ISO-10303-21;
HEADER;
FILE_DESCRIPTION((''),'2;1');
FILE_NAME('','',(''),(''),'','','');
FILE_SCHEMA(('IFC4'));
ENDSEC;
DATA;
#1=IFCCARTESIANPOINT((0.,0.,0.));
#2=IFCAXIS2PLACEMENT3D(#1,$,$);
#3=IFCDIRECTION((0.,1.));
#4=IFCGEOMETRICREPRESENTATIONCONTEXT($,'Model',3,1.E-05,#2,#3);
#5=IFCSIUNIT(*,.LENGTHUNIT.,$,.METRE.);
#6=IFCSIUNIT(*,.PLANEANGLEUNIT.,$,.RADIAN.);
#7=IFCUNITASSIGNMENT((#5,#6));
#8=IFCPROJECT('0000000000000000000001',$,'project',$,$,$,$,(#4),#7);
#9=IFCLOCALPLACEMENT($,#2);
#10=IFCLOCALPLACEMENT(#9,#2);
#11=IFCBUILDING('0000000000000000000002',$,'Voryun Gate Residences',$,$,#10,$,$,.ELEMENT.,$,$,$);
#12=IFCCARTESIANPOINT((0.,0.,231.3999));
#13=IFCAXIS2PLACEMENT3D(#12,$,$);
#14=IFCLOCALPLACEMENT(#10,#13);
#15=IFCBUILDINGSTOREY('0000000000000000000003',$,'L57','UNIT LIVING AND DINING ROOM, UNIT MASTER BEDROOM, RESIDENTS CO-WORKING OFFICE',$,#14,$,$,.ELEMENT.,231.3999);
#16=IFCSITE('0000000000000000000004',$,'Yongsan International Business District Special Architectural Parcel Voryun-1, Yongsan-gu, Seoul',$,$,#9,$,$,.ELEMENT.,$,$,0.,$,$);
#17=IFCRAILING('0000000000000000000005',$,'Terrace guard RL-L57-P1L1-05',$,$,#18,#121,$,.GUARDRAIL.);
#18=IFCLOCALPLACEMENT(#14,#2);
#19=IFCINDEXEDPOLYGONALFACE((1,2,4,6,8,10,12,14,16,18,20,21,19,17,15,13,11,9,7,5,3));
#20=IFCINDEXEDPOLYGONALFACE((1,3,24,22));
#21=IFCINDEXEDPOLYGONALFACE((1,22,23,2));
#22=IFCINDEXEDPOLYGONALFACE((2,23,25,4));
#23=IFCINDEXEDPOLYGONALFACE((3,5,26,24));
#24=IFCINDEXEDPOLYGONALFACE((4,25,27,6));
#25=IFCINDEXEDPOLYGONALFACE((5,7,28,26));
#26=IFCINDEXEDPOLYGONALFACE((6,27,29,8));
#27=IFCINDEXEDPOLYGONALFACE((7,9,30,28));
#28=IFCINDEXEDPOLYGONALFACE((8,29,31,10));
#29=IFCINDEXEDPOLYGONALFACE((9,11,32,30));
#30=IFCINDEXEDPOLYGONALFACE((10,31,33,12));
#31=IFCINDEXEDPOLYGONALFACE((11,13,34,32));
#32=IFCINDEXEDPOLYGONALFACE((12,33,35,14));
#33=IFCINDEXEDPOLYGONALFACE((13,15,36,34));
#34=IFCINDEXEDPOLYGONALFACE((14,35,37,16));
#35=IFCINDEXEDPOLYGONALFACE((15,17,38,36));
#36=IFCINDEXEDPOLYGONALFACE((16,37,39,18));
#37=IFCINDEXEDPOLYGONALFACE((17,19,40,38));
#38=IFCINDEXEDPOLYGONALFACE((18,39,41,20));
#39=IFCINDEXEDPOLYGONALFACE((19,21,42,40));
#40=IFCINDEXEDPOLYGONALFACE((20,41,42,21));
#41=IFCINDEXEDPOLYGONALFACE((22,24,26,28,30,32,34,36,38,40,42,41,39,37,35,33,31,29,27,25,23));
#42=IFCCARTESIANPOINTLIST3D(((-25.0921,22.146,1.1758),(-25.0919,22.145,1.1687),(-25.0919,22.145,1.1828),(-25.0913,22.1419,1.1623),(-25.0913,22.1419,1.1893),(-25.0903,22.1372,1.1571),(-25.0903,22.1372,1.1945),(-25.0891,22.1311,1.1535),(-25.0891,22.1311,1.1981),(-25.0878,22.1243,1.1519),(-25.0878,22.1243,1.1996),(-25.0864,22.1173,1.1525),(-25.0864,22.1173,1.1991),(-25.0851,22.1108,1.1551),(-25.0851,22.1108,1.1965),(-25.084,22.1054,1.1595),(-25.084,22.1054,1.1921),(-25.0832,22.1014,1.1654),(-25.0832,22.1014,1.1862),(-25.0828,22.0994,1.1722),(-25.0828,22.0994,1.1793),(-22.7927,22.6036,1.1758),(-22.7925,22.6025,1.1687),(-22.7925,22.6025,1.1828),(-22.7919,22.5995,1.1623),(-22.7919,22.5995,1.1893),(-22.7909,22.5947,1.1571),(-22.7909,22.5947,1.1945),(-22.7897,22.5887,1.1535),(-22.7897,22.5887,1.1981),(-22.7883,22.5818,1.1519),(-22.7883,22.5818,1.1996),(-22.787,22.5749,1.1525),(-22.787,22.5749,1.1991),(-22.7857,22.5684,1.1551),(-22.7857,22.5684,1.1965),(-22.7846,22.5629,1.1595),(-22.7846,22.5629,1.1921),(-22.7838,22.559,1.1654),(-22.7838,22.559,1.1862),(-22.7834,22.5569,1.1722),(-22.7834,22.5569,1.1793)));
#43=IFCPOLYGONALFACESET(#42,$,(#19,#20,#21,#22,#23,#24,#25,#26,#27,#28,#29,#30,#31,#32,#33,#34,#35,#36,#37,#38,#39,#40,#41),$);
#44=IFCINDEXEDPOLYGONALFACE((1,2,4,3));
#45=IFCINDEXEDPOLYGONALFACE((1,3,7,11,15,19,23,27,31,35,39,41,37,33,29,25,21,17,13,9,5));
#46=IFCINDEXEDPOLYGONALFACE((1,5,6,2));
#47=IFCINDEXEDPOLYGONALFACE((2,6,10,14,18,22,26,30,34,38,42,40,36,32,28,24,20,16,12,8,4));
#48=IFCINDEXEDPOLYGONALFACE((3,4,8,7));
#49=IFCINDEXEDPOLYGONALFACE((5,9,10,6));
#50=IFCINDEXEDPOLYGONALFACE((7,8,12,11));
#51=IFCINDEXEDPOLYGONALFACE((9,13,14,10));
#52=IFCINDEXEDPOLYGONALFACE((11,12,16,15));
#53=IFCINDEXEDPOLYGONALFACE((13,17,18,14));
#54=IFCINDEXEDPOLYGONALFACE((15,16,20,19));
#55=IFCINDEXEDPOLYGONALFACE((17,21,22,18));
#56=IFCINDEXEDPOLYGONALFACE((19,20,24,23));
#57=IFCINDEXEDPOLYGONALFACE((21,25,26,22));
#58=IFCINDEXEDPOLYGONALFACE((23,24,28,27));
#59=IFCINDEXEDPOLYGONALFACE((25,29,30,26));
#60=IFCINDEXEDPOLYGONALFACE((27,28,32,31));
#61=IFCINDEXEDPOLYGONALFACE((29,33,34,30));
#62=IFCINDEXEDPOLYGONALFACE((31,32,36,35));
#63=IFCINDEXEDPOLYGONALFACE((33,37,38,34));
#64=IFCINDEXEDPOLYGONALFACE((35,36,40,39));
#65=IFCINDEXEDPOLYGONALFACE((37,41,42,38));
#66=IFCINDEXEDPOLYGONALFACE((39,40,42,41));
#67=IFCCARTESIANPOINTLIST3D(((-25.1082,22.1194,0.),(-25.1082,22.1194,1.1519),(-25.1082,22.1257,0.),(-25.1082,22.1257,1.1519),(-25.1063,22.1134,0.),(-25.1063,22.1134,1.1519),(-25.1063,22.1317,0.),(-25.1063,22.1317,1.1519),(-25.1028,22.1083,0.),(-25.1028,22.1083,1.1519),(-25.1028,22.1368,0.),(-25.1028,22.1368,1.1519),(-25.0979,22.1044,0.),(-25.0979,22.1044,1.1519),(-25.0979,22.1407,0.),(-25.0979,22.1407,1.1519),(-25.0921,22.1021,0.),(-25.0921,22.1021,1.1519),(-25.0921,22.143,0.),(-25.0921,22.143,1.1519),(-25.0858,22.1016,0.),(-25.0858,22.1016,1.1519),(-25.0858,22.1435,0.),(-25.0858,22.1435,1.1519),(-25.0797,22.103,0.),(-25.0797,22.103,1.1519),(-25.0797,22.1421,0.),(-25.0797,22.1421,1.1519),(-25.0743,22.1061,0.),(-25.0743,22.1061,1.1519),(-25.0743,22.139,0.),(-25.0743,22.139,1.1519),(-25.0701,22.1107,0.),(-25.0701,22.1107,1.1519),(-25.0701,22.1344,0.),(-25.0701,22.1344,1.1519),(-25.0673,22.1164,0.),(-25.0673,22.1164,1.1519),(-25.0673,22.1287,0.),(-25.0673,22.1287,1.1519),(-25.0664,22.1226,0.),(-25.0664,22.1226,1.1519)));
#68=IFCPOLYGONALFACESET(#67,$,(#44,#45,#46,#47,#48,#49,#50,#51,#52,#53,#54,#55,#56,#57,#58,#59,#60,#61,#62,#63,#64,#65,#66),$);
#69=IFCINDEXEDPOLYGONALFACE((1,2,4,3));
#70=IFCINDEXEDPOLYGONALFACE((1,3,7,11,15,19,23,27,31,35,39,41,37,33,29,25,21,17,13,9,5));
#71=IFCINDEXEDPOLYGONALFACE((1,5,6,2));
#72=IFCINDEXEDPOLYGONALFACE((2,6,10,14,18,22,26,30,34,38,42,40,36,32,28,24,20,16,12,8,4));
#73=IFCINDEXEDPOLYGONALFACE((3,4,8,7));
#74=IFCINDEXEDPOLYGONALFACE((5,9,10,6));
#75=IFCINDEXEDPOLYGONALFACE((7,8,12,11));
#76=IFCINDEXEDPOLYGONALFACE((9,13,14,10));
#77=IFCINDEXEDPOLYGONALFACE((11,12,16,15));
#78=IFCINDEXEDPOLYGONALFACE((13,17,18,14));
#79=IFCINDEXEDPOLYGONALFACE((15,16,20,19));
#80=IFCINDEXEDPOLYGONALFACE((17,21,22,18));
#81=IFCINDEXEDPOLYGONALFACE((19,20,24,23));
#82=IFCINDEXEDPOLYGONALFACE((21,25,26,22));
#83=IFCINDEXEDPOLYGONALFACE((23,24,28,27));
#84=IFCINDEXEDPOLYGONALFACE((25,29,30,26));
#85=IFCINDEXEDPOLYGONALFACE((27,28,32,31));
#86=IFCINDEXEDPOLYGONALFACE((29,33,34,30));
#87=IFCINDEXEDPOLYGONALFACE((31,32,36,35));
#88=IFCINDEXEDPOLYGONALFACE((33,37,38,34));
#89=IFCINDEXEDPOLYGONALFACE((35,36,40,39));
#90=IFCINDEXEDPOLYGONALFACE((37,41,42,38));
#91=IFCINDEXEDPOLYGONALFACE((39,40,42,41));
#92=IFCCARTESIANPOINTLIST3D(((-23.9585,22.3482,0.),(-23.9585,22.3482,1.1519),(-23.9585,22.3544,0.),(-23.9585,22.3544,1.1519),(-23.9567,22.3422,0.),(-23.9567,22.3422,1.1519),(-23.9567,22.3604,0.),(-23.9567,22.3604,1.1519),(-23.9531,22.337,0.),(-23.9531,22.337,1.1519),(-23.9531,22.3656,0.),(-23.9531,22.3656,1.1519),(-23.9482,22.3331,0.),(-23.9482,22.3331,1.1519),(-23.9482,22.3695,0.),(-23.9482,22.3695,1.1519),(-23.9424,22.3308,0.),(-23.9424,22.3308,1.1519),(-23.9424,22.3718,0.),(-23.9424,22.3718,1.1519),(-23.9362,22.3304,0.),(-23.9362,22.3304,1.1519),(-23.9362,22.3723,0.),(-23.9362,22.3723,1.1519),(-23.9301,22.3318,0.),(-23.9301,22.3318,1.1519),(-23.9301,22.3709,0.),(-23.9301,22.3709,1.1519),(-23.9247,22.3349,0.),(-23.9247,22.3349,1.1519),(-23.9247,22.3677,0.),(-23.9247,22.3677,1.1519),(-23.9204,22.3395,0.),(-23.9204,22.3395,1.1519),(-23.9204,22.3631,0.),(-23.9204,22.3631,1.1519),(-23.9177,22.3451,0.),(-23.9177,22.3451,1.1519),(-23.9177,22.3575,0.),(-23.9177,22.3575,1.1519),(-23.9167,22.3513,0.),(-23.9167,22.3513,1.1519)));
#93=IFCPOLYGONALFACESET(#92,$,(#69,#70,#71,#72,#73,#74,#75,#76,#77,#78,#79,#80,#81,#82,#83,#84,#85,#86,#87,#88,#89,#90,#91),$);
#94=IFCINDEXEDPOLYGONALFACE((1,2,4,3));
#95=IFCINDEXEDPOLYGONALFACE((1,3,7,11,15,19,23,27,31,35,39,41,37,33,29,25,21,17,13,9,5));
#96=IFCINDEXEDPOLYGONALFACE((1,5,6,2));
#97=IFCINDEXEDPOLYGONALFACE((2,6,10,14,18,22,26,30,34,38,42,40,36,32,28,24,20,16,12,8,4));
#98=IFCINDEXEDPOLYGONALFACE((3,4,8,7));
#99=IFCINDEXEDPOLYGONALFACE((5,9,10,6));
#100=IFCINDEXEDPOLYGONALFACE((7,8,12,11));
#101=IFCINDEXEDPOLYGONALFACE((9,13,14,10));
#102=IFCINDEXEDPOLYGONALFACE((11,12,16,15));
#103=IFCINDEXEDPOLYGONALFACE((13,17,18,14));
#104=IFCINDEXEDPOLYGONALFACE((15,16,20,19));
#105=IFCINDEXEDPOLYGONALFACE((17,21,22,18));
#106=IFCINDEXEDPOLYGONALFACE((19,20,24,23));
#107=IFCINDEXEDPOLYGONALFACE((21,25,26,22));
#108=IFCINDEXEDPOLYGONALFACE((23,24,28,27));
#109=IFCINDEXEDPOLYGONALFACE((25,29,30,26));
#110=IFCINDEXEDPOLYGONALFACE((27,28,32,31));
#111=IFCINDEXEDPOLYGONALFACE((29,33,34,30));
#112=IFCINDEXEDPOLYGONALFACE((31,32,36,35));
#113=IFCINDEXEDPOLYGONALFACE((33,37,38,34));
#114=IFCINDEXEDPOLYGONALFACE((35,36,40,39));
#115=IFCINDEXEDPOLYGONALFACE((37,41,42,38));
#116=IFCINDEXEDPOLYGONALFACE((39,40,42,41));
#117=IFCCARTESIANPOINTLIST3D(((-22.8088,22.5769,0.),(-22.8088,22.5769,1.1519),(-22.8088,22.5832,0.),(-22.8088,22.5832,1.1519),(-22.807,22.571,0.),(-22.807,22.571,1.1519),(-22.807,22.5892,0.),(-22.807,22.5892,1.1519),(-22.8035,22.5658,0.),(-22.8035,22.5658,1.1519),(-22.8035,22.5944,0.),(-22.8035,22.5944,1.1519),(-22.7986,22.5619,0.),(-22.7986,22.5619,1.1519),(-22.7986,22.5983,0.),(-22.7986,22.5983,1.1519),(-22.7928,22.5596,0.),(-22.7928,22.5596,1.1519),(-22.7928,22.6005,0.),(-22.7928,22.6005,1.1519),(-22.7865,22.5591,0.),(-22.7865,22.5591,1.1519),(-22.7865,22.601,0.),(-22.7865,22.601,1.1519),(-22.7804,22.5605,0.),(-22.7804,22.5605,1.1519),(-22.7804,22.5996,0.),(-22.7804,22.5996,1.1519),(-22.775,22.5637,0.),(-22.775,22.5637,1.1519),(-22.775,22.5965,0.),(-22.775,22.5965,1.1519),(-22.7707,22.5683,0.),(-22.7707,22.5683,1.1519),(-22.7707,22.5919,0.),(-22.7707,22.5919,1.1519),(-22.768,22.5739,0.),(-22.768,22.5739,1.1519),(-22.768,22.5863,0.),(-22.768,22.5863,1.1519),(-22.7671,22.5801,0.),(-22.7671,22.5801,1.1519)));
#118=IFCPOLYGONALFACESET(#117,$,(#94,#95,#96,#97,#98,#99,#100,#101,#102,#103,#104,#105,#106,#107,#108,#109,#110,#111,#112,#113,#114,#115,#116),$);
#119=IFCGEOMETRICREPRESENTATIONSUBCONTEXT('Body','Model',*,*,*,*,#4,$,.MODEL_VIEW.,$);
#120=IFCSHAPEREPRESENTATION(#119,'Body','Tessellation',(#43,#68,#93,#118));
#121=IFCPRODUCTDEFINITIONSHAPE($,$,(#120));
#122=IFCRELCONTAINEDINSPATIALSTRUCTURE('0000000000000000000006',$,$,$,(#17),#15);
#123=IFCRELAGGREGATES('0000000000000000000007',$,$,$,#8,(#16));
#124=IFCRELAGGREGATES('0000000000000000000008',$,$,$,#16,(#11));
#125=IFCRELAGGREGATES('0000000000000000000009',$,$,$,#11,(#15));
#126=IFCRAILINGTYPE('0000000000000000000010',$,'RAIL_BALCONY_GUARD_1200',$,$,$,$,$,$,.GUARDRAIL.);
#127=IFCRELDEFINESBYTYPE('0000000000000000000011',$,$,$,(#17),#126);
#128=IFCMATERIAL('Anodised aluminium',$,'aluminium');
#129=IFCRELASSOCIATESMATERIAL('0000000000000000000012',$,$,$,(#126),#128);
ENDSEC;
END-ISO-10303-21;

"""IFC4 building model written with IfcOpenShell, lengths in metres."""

from ifc_helpers import new_model, si_unit, direction, frame, origin, origin_2d, place, context, subcontext, project, spatial, circle, extrude, material, type_object, element, save


model = new_model("IFC4")

# Units and contexts
model_context = context("Model", 3, precision=1e-05, world=origin(), true_north=direction((0.0, 1.0)))
body_context = subcontext(model_context, "Body", "Model", "MODEL_VIEW")
ifc_project = project(units=[si_unit("LENGTHUNIT", "METRE"), si_unit("PLANEANGLEUNIT", "RADIAN")], contexts=[model_context])

# Site, building, storey
site_placement = place(None, origin())
site = spatial("IfcSite", under=ifc_project, at=site_placement, Name="Yongsan International Business District Special Architectural Parcel Voryun-1, Yongsan-gu, Seoul", CompositionType="ELEMENT", RefElevation=0.0)
building_placement = place(site_placement, origin())
building = spatial("IfcBuilding", under=site, at=building_placement, Name="Voryun Gate Residences", CompositionType="ELEMENT")
storey_placement = place(building_placement, frame((0.0, 0.0, 231.3999)))
storey = spatial("IfcBuildingStorey", under=building, at=storey_placement, Name="L57", Description="UNIT LIVING AND DINING ROOM, UNIT MASTER BEDROOM, RESIDENTS CO-WORKING OFFICE", CompositionType="ELEMENT", Elevation=231.3999)

# Railing
ifc_material_1 = material(Name="Anodised aluminium", Category="aluminium")
railing_type = type_object("IfcRailingType", Name="RAIL_BALCONY_GUARD_1200", PredefinedType="GUARDRAIL", material=ifc_material_1)
railing_1_placement = place(storey_placement, frame((-25.0874, 22.1226, 0.0)))
element("IfcRailing", 1, at=railing_1_placement, inside=storey, type_object=railing_type, Name="Terrace guard RL-L57-P1L1-05", PredefinedType="GUARDRAIL", context=body_context, shape_type="SweptSolid", body=[
    extrude(circle(Radius=0.0239, at=origin_2d()), frame((0.0, 0.0, 1.1758), z_axis=(0.980772, 0.195155, 0.0), x_axis=(-0.195155, 0.980772, 0.0)), (0.0, 0.0, 1.0), 2.3445),
    extrude(circle(Radius=0.021, at=origin_2d()), origin(), (0.0, 0.0, 1.0), 1.1519),
    extrude(circle(Radius=0.021, at=origin_2d()), frame((1.1497, 0.2288, 0.0)), (0.0, 0.0, 1.0), 1.1519),
    extrude(circle(Radius=0.021, at=origin_2d()), frame((2.2993, 0.4575, 0.0)), (0.0, 0.0, 1.0), 1.1519),
])

save(model, "model.ifc")
